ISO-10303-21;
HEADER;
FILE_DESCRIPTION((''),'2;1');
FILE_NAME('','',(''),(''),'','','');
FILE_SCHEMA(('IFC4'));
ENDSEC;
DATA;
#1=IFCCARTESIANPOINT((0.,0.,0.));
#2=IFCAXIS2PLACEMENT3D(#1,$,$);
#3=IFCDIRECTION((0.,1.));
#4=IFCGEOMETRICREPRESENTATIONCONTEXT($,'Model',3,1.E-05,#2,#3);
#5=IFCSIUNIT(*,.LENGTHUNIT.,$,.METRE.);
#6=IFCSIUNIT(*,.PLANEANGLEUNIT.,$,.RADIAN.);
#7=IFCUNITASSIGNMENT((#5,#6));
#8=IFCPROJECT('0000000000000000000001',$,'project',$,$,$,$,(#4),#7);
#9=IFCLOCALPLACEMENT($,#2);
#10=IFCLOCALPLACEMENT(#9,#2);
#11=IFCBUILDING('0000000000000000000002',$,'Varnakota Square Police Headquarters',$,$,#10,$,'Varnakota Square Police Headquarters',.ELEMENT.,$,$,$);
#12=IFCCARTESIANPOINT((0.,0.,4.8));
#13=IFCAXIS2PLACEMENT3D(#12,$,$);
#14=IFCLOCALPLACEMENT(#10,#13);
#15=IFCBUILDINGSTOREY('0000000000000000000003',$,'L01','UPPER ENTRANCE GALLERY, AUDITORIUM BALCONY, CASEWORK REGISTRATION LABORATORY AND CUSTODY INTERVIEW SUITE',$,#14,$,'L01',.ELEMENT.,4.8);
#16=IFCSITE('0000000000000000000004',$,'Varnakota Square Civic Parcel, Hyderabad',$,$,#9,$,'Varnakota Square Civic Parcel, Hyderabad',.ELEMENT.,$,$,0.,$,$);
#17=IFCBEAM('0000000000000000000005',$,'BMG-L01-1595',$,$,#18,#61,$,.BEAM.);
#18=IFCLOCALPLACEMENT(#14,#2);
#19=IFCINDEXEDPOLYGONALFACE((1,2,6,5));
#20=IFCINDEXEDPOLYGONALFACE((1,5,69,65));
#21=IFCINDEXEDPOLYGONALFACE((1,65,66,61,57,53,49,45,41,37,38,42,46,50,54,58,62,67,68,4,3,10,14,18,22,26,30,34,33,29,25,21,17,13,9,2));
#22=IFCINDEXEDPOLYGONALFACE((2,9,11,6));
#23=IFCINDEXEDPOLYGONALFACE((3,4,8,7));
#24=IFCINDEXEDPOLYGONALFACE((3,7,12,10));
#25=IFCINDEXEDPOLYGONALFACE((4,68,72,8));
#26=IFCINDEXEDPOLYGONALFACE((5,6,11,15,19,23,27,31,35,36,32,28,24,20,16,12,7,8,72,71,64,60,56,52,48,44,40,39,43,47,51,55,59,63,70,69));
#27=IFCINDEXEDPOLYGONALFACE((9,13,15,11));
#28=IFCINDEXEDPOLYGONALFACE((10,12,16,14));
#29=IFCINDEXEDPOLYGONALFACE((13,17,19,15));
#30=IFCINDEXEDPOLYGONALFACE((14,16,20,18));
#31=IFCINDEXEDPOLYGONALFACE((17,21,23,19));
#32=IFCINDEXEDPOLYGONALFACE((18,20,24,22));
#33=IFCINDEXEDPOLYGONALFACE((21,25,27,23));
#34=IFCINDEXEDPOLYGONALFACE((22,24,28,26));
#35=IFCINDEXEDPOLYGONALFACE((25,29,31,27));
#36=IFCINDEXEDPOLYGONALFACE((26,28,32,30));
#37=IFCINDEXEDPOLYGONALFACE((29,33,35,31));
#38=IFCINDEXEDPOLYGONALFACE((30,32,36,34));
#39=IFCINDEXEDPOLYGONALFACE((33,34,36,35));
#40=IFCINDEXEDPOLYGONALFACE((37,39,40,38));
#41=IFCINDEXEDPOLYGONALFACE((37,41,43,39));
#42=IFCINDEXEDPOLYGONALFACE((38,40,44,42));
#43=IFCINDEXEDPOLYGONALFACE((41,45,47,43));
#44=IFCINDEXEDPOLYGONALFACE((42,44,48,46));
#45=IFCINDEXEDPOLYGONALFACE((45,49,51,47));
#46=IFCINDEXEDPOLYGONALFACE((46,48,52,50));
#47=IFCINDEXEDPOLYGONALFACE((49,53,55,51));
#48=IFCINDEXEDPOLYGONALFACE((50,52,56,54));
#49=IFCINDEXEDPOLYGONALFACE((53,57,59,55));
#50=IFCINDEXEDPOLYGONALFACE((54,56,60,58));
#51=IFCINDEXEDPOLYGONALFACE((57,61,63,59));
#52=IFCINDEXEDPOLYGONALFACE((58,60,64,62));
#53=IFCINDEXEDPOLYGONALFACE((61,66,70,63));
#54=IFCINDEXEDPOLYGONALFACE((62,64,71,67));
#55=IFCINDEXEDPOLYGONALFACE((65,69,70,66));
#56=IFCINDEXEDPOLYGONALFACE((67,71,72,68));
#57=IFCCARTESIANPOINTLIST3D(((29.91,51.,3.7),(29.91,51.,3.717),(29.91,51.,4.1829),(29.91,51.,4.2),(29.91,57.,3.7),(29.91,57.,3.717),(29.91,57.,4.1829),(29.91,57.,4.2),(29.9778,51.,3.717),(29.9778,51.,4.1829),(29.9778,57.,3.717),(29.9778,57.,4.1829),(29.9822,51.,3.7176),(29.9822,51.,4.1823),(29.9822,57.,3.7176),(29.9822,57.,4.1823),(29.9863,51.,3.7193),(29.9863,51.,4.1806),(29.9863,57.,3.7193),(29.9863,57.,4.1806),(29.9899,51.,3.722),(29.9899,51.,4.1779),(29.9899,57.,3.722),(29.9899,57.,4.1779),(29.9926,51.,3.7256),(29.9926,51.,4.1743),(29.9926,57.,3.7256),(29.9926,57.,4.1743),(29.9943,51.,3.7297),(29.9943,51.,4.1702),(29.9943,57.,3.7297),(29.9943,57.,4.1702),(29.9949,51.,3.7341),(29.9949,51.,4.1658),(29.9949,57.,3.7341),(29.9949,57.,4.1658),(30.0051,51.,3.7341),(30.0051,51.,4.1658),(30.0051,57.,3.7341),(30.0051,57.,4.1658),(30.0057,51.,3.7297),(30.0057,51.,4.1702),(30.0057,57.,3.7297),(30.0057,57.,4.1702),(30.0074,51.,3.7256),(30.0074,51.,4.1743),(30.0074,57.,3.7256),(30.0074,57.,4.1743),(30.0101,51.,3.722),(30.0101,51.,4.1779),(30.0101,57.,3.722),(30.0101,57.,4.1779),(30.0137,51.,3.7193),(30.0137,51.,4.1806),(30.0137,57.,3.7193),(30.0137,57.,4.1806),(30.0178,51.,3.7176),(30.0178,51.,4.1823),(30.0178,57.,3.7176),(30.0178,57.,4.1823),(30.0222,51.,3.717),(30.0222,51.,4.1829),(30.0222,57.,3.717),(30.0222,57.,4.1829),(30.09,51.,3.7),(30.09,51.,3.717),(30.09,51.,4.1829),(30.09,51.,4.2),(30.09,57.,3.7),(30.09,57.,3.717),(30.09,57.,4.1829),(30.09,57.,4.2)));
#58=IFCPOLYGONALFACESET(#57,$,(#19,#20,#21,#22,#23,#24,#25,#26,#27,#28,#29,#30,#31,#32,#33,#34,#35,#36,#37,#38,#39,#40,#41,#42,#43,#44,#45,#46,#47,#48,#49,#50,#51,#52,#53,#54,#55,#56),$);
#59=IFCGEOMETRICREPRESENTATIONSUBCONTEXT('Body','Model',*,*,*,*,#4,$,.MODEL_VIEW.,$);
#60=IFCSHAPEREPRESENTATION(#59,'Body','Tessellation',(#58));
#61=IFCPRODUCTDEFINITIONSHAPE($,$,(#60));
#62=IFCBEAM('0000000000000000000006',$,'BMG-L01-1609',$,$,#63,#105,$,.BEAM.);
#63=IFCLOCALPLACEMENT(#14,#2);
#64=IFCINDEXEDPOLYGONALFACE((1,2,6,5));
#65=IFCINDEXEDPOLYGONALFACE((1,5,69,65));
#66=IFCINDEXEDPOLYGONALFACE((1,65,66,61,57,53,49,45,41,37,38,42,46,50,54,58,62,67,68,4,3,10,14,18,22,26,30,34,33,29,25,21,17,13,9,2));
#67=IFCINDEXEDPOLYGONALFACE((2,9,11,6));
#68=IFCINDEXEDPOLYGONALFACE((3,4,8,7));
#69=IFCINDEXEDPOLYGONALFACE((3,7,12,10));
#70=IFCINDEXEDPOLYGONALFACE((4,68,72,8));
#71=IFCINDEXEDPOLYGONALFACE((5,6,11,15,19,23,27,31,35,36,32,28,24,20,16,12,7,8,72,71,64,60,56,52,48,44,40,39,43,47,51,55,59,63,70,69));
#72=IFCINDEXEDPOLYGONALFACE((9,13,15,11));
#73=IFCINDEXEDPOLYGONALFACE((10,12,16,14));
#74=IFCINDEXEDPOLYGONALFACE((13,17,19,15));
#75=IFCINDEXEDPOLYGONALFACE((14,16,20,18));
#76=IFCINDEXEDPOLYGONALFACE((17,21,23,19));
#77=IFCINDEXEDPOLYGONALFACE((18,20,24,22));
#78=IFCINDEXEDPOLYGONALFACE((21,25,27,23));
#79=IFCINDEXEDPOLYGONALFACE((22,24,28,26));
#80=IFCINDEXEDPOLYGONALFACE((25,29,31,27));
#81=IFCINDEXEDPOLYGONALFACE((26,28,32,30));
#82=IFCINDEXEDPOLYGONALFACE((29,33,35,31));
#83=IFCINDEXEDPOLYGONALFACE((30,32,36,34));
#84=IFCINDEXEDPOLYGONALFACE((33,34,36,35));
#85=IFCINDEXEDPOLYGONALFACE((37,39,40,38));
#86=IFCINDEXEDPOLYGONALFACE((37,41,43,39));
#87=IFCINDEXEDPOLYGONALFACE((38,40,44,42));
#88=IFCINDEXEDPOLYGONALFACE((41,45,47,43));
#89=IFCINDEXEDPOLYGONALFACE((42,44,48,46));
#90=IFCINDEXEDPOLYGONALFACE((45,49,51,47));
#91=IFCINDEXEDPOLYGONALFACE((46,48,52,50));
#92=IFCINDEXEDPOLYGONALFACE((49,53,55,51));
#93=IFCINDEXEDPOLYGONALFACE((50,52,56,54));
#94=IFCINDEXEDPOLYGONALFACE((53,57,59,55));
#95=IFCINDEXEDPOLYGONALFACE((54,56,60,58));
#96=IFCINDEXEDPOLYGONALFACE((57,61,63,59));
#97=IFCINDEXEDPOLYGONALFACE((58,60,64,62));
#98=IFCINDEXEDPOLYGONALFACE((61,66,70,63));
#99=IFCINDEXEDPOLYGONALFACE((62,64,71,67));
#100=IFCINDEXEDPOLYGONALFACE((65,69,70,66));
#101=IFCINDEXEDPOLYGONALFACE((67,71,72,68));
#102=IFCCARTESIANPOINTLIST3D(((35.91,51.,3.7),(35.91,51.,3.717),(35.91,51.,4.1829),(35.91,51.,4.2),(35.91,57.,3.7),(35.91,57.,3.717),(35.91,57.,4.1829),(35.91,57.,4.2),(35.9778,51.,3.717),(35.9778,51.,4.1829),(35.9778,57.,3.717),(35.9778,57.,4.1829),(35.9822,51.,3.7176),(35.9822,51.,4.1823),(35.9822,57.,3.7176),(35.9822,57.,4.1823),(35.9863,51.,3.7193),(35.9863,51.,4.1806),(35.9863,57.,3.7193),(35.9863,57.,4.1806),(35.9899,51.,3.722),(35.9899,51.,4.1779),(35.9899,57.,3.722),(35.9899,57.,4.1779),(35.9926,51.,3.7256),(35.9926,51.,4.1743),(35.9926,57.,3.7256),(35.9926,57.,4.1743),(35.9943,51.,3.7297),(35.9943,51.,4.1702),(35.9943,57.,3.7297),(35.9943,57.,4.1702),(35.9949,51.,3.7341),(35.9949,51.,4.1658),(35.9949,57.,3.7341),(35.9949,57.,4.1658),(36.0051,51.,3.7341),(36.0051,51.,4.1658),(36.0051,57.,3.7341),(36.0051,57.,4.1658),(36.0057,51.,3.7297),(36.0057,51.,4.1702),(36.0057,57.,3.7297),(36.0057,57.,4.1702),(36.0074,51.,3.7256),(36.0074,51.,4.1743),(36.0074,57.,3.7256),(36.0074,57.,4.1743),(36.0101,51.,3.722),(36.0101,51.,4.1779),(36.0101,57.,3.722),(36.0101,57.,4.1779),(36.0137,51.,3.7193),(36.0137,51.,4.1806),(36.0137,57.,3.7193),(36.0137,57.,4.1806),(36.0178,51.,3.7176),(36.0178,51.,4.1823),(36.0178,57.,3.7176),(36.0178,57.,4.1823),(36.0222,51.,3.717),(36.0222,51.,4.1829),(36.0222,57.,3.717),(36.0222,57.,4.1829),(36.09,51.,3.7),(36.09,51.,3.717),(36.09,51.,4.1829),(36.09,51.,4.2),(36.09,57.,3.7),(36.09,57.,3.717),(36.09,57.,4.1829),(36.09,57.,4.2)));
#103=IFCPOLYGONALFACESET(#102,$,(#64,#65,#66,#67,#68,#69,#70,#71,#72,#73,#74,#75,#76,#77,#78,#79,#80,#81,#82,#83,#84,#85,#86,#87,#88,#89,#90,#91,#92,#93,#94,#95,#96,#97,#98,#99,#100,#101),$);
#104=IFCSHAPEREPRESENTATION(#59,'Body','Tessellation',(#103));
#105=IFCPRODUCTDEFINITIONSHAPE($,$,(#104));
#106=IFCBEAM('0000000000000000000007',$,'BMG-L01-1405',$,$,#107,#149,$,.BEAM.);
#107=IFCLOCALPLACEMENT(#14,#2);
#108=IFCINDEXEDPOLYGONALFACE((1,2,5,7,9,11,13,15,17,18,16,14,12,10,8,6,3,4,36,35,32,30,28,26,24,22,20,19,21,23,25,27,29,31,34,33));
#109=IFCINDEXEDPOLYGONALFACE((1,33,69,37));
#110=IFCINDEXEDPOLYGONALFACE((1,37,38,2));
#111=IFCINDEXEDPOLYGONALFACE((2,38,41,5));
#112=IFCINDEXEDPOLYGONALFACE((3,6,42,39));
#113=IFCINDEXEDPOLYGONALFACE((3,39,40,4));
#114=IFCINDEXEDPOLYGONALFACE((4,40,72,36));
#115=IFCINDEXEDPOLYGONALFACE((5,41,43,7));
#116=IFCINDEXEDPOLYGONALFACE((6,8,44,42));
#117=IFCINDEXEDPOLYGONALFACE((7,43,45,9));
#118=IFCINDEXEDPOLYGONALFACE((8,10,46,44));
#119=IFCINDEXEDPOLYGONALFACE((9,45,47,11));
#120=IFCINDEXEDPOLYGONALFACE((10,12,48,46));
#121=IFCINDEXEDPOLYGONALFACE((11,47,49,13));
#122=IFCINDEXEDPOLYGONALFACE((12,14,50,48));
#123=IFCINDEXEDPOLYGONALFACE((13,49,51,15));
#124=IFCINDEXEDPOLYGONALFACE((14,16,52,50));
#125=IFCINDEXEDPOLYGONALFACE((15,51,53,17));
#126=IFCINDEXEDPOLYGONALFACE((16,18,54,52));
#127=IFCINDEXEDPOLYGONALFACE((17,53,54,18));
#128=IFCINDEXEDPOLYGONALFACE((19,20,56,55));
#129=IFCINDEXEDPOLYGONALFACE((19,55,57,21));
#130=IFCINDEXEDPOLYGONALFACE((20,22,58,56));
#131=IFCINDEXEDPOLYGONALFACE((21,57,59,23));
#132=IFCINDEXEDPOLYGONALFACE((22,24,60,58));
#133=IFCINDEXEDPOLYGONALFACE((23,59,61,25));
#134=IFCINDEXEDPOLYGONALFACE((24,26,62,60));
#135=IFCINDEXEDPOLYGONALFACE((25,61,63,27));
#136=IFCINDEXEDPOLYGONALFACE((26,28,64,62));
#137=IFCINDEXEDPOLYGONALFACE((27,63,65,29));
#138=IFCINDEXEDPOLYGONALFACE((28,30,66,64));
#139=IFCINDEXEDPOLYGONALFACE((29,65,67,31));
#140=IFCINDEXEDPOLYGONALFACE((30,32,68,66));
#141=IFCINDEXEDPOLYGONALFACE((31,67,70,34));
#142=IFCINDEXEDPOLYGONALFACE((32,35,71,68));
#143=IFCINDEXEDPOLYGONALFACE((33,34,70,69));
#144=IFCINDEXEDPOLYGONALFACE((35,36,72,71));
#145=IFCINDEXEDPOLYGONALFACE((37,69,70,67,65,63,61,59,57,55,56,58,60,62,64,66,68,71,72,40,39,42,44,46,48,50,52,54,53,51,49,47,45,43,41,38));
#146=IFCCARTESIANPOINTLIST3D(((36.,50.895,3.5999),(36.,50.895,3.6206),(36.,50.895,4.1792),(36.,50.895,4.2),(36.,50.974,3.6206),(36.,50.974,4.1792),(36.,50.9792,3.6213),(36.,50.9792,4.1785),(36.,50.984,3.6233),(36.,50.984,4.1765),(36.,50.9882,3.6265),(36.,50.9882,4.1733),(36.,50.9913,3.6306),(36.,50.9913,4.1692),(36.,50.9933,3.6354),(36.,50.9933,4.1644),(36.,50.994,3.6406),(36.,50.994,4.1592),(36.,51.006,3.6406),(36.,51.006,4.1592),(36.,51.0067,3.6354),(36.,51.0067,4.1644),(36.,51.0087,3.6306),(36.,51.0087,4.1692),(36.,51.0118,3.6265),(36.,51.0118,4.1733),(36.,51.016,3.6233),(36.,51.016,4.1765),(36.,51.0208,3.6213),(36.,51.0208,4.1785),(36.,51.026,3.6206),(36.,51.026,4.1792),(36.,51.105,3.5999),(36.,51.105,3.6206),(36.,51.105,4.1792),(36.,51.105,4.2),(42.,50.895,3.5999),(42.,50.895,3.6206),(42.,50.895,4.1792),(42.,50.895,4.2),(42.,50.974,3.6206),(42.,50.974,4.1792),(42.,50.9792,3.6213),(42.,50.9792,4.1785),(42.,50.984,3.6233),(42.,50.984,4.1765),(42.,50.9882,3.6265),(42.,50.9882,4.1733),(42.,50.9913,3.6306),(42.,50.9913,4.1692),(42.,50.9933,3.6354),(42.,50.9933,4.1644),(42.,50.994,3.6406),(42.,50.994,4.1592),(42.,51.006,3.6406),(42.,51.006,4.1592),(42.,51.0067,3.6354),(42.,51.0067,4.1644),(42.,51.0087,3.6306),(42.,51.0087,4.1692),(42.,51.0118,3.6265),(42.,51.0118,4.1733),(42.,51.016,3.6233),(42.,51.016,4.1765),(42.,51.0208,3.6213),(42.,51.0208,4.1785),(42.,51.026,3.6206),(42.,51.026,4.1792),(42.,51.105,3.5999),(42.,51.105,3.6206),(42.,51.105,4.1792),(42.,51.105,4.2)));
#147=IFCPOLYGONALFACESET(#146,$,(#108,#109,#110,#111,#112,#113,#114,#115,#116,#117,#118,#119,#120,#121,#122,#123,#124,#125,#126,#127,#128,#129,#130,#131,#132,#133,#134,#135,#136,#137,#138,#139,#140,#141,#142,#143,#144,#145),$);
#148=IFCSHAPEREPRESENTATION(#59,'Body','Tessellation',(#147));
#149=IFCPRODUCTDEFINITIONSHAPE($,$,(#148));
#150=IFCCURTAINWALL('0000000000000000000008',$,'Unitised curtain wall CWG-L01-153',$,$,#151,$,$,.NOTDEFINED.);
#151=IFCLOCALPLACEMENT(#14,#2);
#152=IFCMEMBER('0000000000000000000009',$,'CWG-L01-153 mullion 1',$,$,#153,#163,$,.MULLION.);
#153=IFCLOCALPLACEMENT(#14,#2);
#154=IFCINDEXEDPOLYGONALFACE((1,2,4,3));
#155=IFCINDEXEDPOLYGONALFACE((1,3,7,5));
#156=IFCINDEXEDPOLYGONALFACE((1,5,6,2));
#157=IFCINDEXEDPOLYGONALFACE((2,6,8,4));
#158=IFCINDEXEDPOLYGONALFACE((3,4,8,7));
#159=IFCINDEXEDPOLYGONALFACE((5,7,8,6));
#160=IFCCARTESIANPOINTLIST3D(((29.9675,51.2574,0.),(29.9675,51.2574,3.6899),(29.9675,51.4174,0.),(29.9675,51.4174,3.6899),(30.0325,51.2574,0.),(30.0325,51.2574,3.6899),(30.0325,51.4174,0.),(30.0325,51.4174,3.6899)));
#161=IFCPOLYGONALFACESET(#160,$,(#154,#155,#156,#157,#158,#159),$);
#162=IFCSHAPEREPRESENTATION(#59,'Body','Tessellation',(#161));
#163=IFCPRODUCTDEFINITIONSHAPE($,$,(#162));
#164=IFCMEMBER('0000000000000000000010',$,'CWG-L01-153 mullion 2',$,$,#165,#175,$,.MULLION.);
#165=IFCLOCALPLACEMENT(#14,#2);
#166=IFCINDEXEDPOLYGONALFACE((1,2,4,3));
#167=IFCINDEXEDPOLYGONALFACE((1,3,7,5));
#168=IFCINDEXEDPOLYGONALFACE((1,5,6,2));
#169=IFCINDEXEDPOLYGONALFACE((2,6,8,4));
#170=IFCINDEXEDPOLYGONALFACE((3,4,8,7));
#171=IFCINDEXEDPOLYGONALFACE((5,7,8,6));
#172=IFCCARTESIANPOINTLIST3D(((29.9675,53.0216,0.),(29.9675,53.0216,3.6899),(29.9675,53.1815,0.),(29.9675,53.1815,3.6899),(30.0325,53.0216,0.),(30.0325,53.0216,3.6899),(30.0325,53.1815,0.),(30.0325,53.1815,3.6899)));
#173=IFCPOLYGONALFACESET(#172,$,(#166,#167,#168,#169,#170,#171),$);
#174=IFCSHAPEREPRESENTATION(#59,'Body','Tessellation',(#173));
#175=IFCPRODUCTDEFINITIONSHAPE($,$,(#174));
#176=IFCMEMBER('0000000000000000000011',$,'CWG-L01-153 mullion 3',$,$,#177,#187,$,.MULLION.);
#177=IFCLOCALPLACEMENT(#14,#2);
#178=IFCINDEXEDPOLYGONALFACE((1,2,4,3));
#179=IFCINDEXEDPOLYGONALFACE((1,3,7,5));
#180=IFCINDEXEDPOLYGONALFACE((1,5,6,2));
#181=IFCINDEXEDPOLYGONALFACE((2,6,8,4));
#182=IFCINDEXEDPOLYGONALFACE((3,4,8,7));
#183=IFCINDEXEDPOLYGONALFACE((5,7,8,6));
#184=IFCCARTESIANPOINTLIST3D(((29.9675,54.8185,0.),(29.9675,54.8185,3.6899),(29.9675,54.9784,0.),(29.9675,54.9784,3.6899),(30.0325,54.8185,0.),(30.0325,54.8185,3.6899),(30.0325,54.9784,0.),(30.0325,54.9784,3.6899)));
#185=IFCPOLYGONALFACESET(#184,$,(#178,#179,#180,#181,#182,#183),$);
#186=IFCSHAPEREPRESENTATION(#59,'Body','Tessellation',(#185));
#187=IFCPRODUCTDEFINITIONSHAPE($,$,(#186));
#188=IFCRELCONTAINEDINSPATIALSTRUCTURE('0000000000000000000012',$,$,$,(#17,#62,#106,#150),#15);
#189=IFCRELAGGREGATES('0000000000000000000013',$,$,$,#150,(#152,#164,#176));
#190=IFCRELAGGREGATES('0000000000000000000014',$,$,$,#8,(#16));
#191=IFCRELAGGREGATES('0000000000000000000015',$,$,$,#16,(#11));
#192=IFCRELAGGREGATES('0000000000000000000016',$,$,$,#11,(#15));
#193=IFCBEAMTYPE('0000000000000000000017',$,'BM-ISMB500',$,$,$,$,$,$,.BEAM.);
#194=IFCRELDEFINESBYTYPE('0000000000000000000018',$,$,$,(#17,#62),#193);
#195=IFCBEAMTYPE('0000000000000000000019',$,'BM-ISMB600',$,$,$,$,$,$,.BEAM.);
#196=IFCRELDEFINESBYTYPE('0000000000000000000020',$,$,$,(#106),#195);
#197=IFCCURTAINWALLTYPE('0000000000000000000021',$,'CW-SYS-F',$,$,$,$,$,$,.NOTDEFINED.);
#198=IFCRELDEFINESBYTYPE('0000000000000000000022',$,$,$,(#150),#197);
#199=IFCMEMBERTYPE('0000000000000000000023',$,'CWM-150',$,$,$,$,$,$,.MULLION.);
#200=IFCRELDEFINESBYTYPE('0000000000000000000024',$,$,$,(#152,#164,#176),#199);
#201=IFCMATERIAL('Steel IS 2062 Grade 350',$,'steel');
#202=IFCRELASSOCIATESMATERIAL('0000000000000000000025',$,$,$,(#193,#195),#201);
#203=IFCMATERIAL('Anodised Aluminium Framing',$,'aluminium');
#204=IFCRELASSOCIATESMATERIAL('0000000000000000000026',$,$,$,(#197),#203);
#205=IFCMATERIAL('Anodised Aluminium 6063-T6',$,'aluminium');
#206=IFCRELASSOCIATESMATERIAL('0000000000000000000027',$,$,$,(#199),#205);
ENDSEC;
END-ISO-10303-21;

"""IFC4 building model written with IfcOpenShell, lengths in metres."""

from ifc_helpers import new_model, si_unit, direction, frame, origin, origin_2d, place, context, subcontext, project, spatial, rectangle, i_section, extrude, material, material_profile, profile_set, type_object, element, aggregate, save


model = new_model("IFC4")

# Units and contexts
model_context = context("Model", 3, precision=1e-05, world=origin(), true_north=direction((0.0, 1.0)))
body_context = subcontext(model_context, "Body", "Model", "MODEL_VIEW")
ifc_project = project(units=[si_unit("LENGTHUNIT", "METRE"), si_unit("PLANEANGLEUNIT", "RADIAN")], contexts=[model_context])

# Site, building, storey
site_placement = place(None, origin())
site = spatial("IfcSite", under=ifc_project, at=site_placement, Name="Varnakota Square Civic Parcel, Hyderabad", LongName="Varnakota Square Civic Parcel, Hyderabad", CompositionType="ELEMENT", RefElevation=0.0)
building_placement = place(site_placement, origin())
building = spatial("IfcBuilding", under=site, at=building_placement, Name="Varnakota Square Police Headquarters", LongName="Varnakota Square Police Headquarters", CompositionType="ELEMENT")
storey_placement = place(building_placement, frame((0.0, 0.0, 4.8)))
storey = spatial("IfcBuildingStorey", under=building, at=storey_placement, Name="L01", Description="UPPER ENTRANCE GALLERY, AUDITORIUM BALCONY, CASEWORK REGISTRATION LABORATORY AND CUSTODY INTERVIEW SUITE", LongName="L01", CompositionType="ELEMENT", Elevation=4.8)

# Shared definitions
ifc_material_1 = material(Name="Steel IS 2062 Grade 350", Category="steel")

# Beams
ifc_material_profile_1 = material_profile(ifc_material_1, i_section(OverallWidth=0.1799, OverallDepth=0.5, WebThickness=0.0103, FlangeThickness=0.0171, FilletRadius=0.0171, at=origin_2d()), Name="ISMB 500")
ifc_profile_set_1 = profile_set([ifc_material_profile_1], Name="Steel IS 2062 Grade 350")
beam_type_1 = type_object("IfcBeamType", Name="BM-ISMB500", PredefinedType="BEAM", material=ifc_profile_set_1)
for number, where, z_axis, x_axis, name in (
    (1, (30.0, 51.0, 3.95), (0.0, 1.0, 0.0), (-1.0, 0.0, 0.0), "BMG-L01-1595"),
    (2, (36.0, 51.0, 3.95), (0.0, 1.0, 0.0), (-1.0, 0.0, 0.0), "BMG-L01-1609"),
):
    element("IfcBeam", number, at=place(storey_placement, frame(where, z_axis=z_axis, x_axis=x_axis)), inside=storey, type_object=beam_type_1, Name=name, PredefinedType="BEAM", context=body_context, shape_type="SweptSolid", body=[
        extrude(i_section(OverallWidth=0.1799, OverallDepth=0.5, WebThickness=0.0103, FlangeThickness=0.0171, FilletRadius=0.0171, at=origin_2d()), origin(), (0.0, 0.0, 1.0), 6.0),
    ])
ifc_material_profile_2 = material_profile(ifc_material_1, i_section(OverallWidth=0.21, OverallDepth=0.6001, WebThickness=0.012, FlangeThickness=0.0208, FilletRadius=0.02, at=origin_2d()), Name="ISMB 600")
ifc_profile_set_2 = profile_set([ifc_material_profile_2], Name="Steel IS 2062 Grade 350")
beam_type_2 = type_object("IfcBeamType", Name="BM-ISMB600", PredefinedType="BEAM", material=ifc_profile_set_2)
beam_1_placement = place(storey_placement, frame((36.0, 51.0, 3.8999), z_axis=(1.0, 0.0, 0.0), x_axis=(0.0, 1.0, 0.0)))
element("IfcBeam", 3, at=beam_1_placement, inside=storey, type_object=beam_type_2, Name="BMG-L01-1405", PredefinedType="BEAM", context=body_context, shape_type="SweptSolid", body=[
    extrude(i_section(OverallWidth=0.21, OverallDepth=0.6001, WebThickness=0.012, FlangeThickness=0.0208, FilletRadius=0.02, at=origin_2d()), origin(), (0.0, 0.0, 1.0), 6.0),
])

# Curtain wall, members
ifc_material_2 = material(Name="Anodised Aluminium Framing", Category="aluminium")
curtain_wall_type = type_object("IfcCurtainWallType", Name="CW-SYS-F", PredefinedType="NOTDEFINED", material=ifc_material_2)
curtain_wall_placement = place(storey_placement, origin())
curtain_wall = element("IfcCurtainWall", 4, at=curtain_wall_placement, inside=storey, type_object=curtain_wall_type, Name="Unitised curtain wall CWG-L01-153", PredefinedType="NOTDEFINED")
ifc_material_3 = material(Name="Anodised Aluminium 6063-T6", Category="aluminium")
ifc_material_profile_3 = material_profile(ifc_material_3, rectangle(XDim=0.0649, YDim=0.1599, at=origin_2d()), Name="ALU MULLION 65x160")
ifc_profile_set_3 = profile_set([ifc_material_profile_3], Name="Anodised Aluminium 6063-T6")
member_type_1 = type_object("IfcMemberType", Name="CWM-150", PredefinedType="MULLION", material=ifc_profile_set_3)
member_1_placement = place(storey_placement, frame((30.0, 51.3374, 0.0), z_axis=(0.0, 0.0, 1.0), x_axis=(-1.0, 0.0, 0.0)))
member_1 = element("IfcMember", 5, at=member_1_placement, type_object=member_type_1, Name="CWG-L01-153 mullion 1", PredefinedType="MULLION", context=body_context, shape_type="SweptSolid", body=[
    extrude(rectangle(XDim=0.0649, YDim=0.1599, at=origin_2d()), origin(), (0.0, 0.0, 1.0), 3.6899),
])
member_2_placement = place(storey_placement, frame((30.0, 53.1016, 0.0), z_axis=(0.0, 0.0, 1.0), x_axis=(-1.0, 0.0, 0.0)))
member_2 = element("IfcMember", 6, at=member_2_placement, type_object=member_type_1, Name="CWG-L01-153 mullion 2", PredefinedType="MULLION", context=body_context, shape_type="SweptSolid", body=[
    extrude(rectangle(XDim=0.0649, YDim=0.1599, at=origin_2d()), origin(), (0.0, 0.0, 1.0), 3.6899),
])
member_3_placement = place(storey_placement, frame((30.0, 54.8984, 0.0), z_axis=(0.0, 0.0, 1.0), x_axis=(-1.0, 0.0, 0.0)))
member_3 = element("IfcMember", 7, at=member_3_placement, type_object=member_type_1, Name="CWG-L01-153 mullion 3", PredefinedType="MULLION", context=body_context, shape_type="SweptSolid", body=[
    extrude(rectangle(XDim=0.0649, YDim=0.1599, at=origin_2d()), origin(), (0.0, 0.0, 1.0), 3.6899),
])
aggregate(curtain_wall, [member_1, member_2, member_3])

save(model, "model.ifc")
